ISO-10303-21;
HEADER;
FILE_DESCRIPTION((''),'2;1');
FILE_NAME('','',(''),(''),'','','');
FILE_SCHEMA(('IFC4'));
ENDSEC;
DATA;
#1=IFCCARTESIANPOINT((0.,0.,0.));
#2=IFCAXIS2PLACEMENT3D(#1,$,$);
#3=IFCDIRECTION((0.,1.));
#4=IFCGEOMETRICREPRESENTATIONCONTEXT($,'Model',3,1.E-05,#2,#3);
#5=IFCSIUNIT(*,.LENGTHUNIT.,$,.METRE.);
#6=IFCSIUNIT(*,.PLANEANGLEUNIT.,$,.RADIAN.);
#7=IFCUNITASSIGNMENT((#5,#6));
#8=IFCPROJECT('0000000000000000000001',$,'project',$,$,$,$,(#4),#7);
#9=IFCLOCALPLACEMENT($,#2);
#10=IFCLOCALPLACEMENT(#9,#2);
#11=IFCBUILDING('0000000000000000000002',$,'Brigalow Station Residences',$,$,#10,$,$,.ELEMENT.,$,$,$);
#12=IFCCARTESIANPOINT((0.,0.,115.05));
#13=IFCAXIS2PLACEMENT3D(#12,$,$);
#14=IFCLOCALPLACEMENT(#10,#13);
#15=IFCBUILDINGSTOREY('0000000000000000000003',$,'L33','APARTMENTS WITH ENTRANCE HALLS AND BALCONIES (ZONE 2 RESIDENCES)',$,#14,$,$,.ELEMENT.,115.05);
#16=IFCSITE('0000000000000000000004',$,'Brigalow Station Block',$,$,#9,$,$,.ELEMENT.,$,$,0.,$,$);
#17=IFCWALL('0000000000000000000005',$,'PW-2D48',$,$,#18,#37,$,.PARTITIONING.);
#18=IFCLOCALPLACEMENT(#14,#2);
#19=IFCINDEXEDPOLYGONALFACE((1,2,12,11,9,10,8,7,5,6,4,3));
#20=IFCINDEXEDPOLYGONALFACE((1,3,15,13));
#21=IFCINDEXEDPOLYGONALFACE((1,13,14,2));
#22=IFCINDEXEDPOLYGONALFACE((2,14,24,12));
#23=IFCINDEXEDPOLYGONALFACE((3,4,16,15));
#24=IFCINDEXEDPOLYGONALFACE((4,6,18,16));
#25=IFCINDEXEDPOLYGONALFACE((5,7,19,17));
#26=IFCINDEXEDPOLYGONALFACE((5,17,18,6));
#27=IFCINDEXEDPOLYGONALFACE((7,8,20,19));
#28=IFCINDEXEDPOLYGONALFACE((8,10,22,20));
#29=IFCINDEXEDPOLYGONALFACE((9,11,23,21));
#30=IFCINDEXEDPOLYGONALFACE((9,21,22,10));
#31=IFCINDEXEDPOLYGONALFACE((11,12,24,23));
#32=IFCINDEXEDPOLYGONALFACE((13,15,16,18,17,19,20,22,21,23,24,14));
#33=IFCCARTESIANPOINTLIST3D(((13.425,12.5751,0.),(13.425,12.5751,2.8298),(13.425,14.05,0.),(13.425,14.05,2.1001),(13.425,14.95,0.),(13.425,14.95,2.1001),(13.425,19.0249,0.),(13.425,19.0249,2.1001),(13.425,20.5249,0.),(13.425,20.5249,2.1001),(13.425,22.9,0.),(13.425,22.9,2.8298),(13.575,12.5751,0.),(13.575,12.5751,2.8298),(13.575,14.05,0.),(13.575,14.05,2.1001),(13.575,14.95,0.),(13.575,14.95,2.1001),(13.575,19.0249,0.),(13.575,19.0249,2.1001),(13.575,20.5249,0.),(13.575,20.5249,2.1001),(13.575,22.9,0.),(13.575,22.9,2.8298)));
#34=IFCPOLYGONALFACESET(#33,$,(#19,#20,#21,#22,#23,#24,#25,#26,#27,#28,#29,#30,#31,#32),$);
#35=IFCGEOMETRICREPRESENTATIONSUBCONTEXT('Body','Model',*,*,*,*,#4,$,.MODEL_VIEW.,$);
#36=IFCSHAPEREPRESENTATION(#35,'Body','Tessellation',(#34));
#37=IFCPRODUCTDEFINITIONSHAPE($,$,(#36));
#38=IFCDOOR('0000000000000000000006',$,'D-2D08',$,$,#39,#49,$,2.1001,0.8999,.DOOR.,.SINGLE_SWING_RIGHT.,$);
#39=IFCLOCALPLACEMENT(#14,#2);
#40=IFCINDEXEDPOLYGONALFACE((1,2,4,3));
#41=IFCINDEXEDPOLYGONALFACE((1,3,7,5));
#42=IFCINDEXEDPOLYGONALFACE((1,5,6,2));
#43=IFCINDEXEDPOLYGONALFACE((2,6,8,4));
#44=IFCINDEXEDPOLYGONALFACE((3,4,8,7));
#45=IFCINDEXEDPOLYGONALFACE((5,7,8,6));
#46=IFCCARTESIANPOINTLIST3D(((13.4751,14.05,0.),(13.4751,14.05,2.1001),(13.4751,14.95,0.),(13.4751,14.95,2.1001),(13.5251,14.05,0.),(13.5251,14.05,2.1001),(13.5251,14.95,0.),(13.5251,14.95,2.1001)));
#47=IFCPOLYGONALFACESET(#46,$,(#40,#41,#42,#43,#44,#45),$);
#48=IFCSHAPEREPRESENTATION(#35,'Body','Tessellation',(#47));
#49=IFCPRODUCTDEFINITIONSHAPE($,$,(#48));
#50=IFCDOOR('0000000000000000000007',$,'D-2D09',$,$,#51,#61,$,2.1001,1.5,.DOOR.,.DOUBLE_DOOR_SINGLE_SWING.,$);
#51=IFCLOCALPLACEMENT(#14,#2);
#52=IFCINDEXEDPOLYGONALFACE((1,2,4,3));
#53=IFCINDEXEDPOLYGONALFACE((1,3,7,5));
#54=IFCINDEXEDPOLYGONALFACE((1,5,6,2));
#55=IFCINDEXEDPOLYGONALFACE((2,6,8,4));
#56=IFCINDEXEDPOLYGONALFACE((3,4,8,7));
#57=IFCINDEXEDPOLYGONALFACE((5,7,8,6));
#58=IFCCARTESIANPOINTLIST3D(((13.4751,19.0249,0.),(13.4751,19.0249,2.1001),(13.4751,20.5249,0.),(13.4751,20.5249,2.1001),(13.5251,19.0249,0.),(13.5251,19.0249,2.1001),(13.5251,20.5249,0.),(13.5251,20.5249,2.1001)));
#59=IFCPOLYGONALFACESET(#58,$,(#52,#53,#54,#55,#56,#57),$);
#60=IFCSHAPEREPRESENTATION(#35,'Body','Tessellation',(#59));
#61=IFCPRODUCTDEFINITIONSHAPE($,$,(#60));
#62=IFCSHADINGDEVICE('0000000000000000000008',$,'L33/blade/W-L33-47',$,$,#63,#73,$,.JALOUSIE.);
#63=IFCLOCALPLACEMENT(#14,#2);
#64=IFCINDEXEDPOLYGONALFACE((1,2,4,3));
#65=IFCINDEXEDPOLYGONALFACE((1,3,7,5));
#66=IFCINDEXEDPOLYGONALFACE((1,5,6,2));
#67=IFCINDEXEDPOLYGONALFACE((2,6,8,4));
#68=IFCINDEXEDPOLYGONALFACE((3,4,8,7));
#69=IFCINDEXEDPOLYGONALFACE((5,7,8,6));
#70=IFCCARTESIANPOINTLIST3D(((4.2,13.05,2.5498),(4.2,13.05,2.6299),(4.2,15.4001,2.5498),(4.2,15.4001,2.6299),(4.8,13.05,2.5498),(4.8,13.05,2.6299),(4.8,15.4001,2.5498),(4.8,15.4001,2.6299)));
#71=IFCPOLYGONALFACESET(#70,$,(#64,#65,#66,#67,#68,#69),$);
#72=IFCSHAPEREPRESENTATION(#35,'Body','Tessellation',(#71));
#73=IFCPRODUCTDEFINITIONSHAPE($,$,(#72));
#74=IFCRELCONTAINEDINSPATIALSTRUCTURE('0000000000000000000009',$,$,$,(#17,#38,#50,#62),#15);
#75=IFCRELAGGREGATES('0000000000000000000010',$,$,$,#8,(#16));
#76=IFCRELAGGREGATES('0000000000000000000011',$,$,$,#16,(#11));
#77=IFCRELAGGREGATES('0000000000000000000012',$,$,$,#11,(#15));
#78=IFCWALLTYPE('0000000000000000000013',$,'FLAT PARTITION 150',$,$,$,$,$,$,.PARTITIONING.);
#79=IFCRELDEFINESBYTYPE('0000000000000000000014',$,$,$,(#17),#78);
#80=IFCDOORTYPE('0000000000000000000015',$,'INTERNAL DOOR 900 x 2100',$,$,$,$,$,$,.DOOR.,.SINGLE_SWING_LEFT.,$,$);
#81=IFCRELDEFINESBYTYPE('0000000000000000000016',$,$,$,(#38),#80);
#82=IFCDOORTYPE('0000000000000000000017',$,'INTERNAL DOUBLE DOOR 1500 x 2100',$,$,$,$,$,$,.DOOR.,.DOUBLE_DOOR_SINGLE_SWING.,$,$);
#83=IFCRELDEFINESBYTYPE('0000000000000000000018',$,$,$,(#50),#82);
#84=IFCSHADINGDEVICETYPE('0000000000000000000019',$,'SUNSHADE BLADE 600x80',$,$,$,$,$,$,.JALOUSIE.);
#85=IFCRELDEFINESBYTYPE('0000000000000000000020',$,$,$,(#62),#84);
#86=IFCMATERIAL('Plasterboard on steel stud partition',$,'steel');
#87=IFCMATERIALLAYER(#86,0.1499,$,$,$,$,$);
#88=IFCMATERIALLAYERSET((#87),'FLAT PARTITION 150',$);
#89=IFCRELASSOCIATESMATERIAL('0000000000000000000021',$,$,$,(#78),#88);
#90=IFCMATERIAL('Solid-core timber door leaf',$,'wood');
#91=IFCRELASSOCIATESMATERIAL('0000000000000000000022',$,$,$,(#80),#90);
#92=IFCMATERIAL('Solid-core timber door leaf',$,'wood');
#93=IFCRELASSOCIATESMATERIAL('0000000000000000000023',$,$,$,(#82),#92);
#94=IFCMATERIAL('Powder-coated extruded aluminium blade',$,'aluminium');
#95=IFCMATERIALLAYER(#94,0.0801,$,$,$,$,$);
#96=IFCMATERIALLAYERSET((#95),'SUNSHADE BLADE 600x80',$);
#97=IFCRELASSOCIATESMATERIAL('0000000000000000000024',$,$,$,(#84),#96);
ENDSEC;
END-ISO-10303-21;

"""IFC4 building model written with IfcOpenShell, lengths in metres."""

from ifc_helpers import new_model, si_unit, direction, frame, frame_2d, origin, origin_2d, place, context, subcontext, project, spatial, rectangle, extrude, material, layer, layer_set, type_object, element, fill, save


model = new_model("IFC4")

# Units and contexts
model_context = context("Model", 3, precision=1e-05, world=origin(), true_north=direction((0.0, 1.0)))
body_context = subcontext(model_context, "Body", "Model", "MODEL_VIEW")
ifc_project = project(units=[si_unit("LENGTHUNIT", "METRE"), si_unit("PLANEANGLEUNIT", "RADIAN")], contexts=[model_context])

# Site, building, storey
site_placement = place(None, origin())
site = spatial("IfcSite", under=ifc_project, at=site_placement, Name="Brigalow Station Block", CompositionType="ELEMENT", RefElevation=0.0)
building_placement = place(site_placement, origin())
building = spatial("IfcBuilding", under=site, at=building_placement, Name="Brigalow Station Residences", CompositionType="ELEMENT")
storey_placement = place(building_placement, frame((0.0, 0.0, 115.05)))
storey = spatial("IfcBuildingStorey", under=building, at=storey_placement, Name="L33", Description="APARTMENTS WITH ENTRANCE HALLS AND BALCONIES (ZONE 2 RESIDENCES)", CompositionType="ELEMENT", Elevation=115.05)

# Shared definitions
ifc_material_1 = material(Name="Plasterboard on steel stud partition", Category="steel")
ifc_layer_1 = layer(ifc_material_1, 0.1499)
ifc_layer_set_1 = layer_set([ifc_layer_1], Name="FLAT PARTITION 150")
wall_type_1 = type_object("IfcWallType", Name="FLAT PARTITION 150", PredefinedType="PARTITIONING", material=ifc_layer_set_1)

# Wall, openings, doors
wall_1_placement = place(storey_placement, frame((13.5, 12.575, 0.0), z_axis=(0.0, 0.0, 1.0), x_axis=(0.0, 1.0, 0.0)))
wall_1 = element("IfcWall", 1, at=wall_1_placement, inside=storey, type_object=wall_type_1, Name="PW-2D48", PredefinedType="PARTITIONING", context=body_context, shape_type="SweptSolid", body=[
    extrude(rectangle(XDim=10.325, YDim=0.1499, at=frame_2d((5.1626, 0.0))), origin(), (0.0, 0.0, 1.0), 2.8298),
])
opening_1_placement = place(wall_1_placement, frame((1.4751, 0.0, 0.0)))
opening_1 = element("IfcOpeningElement", 2, at=opening_1_placement, cuts=wall_1, PredefinedType="OPENING", context=body_context, shape_type="SweptSolid", body=[
    extrude(rectangle(XDim=0.8999, YDim=2.1001, at=frame_2d((0.45, 1.05))), frame((0.0, 0.085, 0.0), z_axis=(0.0, -1.0, 0.0), x_axis=(1.0, 0.0, 0.0)), (0.0, 0.0, 1.0), 0.1699),
])
opening_2_placement = place(wall_1_placement, frame((6.45, 0.0, 0.0)))
opening_2 = element("IfcOpeningElement", 3, at=opening_2_placement, cuts=wall_1, PredefinedType="OPENING", context=body_context, shape_type="SweptSolid", body=[
    extrude(rectangle(XDim=1.5, YDim=2.1001, at=frame_2d((0.75, 1.05))), frame((0.0, 0.085, 0.0), z_axis=(0.0, -1.0, 0.0), x_axis=(1.0, 0.0, 0.0)), (0.0, 0.0, 1.0), 0.1699),
])
ifc_material_2 = material(Name="Solid-core timber door leaf", Category="wood")
door_type_1 = type_object("IfcDoorType", Name="INTERNAL DOOR 900 x 2100", OperationType="SINGLE_SWING_LEFT", PredefinedType="DOOR", material=ifc_material_2)
door_1_placement = place(opening_1_placement, origin())
door_1 = element("IfcDoor", 4, at=door_1_placement, inside=storey, type_object=door_type_1, Name="D-2D08", OperationType="SINGLE_SWING_RIGHT", OverallHeight=2.1001, OverallWidth=0.8999, PredefinedType="DOOR", context=body_context, shape_type="SweptSolid", body=[
    extrude(rectangle(XDim=0.8999, YDim=2.1001, at=frame_2d((0.45, 1.05))), frame((0.0, 0.0249, 0.0), z_axis=(0.0, -1.0, 0.0), x_axis=(1.0, 0.0, 0.0)), (0.0, 0.0, 1.0), 0.05),
])
fill(opening_1, door_1)
ifc_material_3 = material(Name="Solid-core timber door leaf", Category="wood")
door_type_2 = type_object("IfcDoorType", Name="INTERNAL DOUBLE DOOR 1500 x 2100", OperationType="DOUBLE_DOOR_SINGLE_SWING", PredefinedType="DOOR", material=ifc_material_3)
door_2_placement = place(opening_2_placement, origin())
door_2 = element("IfcDoor", 5, at=door_2_placement, inside=storey, type_object=door_type_2, Name="D-2D09", OperationType="DOUBLE_DOOR_SINGLE_SWING", OverallHeight=2.1001, OverallWidth=1.5, PredefinedType="DOOR", context=body_context, shape_type="SweptSolid", body=[
    extrude(rectangle(XDim=1.5, YDim=2.1001, at=frame_2d((0.75, 1.05))), frame((0.0, 0.0249, 0.0), z_axis=(0.0, -1.0, 0.0), x_axis=(1.0, 0.0, 0.0)), (0.0, 0.0, 1.0), 0.05),
])
fill(opening_2, door_2)

# Shading device
ifc_material_4 = material(Name="Powder-coated extruded aluminium blade", Category="aluminium")
ifc_layer_2 = layer(ifc_material_4, 0.0801)
ifc_layer_set_2 = layer_set([ifc_layer_2], Name="SUNSHADE BLADE 600x80")
shading_device_type = type_object("IfcShadingDeviceType", Name="SUNSHADE BLADE 600x80", PredefinedType="JALOUSIE", material=ifc_layer_set_2)
shading_device_placement = place(storey_placement, frame((4.5, 14.2251, 2.5498), z_axis=(0.0, 0.0, 1.0), x_axis=(0.0, -1.0, 0.0)))
element("IfcShadingDevice", 6, at=shading_device_placement, inside=storey, type_object=shading_device_type, Name="L33/blade/W-L33-47", PredefinedType="JALOUSIE", context=body_context, shape_type="SweptSolid", body=[
    extrude(rectangle(XDim=2.3501, YDim=0.6001, at=origin_2d()), origin(), (0.0, 0.0, 1.0), 0.0801),
])

save(model, "model.ifc")
